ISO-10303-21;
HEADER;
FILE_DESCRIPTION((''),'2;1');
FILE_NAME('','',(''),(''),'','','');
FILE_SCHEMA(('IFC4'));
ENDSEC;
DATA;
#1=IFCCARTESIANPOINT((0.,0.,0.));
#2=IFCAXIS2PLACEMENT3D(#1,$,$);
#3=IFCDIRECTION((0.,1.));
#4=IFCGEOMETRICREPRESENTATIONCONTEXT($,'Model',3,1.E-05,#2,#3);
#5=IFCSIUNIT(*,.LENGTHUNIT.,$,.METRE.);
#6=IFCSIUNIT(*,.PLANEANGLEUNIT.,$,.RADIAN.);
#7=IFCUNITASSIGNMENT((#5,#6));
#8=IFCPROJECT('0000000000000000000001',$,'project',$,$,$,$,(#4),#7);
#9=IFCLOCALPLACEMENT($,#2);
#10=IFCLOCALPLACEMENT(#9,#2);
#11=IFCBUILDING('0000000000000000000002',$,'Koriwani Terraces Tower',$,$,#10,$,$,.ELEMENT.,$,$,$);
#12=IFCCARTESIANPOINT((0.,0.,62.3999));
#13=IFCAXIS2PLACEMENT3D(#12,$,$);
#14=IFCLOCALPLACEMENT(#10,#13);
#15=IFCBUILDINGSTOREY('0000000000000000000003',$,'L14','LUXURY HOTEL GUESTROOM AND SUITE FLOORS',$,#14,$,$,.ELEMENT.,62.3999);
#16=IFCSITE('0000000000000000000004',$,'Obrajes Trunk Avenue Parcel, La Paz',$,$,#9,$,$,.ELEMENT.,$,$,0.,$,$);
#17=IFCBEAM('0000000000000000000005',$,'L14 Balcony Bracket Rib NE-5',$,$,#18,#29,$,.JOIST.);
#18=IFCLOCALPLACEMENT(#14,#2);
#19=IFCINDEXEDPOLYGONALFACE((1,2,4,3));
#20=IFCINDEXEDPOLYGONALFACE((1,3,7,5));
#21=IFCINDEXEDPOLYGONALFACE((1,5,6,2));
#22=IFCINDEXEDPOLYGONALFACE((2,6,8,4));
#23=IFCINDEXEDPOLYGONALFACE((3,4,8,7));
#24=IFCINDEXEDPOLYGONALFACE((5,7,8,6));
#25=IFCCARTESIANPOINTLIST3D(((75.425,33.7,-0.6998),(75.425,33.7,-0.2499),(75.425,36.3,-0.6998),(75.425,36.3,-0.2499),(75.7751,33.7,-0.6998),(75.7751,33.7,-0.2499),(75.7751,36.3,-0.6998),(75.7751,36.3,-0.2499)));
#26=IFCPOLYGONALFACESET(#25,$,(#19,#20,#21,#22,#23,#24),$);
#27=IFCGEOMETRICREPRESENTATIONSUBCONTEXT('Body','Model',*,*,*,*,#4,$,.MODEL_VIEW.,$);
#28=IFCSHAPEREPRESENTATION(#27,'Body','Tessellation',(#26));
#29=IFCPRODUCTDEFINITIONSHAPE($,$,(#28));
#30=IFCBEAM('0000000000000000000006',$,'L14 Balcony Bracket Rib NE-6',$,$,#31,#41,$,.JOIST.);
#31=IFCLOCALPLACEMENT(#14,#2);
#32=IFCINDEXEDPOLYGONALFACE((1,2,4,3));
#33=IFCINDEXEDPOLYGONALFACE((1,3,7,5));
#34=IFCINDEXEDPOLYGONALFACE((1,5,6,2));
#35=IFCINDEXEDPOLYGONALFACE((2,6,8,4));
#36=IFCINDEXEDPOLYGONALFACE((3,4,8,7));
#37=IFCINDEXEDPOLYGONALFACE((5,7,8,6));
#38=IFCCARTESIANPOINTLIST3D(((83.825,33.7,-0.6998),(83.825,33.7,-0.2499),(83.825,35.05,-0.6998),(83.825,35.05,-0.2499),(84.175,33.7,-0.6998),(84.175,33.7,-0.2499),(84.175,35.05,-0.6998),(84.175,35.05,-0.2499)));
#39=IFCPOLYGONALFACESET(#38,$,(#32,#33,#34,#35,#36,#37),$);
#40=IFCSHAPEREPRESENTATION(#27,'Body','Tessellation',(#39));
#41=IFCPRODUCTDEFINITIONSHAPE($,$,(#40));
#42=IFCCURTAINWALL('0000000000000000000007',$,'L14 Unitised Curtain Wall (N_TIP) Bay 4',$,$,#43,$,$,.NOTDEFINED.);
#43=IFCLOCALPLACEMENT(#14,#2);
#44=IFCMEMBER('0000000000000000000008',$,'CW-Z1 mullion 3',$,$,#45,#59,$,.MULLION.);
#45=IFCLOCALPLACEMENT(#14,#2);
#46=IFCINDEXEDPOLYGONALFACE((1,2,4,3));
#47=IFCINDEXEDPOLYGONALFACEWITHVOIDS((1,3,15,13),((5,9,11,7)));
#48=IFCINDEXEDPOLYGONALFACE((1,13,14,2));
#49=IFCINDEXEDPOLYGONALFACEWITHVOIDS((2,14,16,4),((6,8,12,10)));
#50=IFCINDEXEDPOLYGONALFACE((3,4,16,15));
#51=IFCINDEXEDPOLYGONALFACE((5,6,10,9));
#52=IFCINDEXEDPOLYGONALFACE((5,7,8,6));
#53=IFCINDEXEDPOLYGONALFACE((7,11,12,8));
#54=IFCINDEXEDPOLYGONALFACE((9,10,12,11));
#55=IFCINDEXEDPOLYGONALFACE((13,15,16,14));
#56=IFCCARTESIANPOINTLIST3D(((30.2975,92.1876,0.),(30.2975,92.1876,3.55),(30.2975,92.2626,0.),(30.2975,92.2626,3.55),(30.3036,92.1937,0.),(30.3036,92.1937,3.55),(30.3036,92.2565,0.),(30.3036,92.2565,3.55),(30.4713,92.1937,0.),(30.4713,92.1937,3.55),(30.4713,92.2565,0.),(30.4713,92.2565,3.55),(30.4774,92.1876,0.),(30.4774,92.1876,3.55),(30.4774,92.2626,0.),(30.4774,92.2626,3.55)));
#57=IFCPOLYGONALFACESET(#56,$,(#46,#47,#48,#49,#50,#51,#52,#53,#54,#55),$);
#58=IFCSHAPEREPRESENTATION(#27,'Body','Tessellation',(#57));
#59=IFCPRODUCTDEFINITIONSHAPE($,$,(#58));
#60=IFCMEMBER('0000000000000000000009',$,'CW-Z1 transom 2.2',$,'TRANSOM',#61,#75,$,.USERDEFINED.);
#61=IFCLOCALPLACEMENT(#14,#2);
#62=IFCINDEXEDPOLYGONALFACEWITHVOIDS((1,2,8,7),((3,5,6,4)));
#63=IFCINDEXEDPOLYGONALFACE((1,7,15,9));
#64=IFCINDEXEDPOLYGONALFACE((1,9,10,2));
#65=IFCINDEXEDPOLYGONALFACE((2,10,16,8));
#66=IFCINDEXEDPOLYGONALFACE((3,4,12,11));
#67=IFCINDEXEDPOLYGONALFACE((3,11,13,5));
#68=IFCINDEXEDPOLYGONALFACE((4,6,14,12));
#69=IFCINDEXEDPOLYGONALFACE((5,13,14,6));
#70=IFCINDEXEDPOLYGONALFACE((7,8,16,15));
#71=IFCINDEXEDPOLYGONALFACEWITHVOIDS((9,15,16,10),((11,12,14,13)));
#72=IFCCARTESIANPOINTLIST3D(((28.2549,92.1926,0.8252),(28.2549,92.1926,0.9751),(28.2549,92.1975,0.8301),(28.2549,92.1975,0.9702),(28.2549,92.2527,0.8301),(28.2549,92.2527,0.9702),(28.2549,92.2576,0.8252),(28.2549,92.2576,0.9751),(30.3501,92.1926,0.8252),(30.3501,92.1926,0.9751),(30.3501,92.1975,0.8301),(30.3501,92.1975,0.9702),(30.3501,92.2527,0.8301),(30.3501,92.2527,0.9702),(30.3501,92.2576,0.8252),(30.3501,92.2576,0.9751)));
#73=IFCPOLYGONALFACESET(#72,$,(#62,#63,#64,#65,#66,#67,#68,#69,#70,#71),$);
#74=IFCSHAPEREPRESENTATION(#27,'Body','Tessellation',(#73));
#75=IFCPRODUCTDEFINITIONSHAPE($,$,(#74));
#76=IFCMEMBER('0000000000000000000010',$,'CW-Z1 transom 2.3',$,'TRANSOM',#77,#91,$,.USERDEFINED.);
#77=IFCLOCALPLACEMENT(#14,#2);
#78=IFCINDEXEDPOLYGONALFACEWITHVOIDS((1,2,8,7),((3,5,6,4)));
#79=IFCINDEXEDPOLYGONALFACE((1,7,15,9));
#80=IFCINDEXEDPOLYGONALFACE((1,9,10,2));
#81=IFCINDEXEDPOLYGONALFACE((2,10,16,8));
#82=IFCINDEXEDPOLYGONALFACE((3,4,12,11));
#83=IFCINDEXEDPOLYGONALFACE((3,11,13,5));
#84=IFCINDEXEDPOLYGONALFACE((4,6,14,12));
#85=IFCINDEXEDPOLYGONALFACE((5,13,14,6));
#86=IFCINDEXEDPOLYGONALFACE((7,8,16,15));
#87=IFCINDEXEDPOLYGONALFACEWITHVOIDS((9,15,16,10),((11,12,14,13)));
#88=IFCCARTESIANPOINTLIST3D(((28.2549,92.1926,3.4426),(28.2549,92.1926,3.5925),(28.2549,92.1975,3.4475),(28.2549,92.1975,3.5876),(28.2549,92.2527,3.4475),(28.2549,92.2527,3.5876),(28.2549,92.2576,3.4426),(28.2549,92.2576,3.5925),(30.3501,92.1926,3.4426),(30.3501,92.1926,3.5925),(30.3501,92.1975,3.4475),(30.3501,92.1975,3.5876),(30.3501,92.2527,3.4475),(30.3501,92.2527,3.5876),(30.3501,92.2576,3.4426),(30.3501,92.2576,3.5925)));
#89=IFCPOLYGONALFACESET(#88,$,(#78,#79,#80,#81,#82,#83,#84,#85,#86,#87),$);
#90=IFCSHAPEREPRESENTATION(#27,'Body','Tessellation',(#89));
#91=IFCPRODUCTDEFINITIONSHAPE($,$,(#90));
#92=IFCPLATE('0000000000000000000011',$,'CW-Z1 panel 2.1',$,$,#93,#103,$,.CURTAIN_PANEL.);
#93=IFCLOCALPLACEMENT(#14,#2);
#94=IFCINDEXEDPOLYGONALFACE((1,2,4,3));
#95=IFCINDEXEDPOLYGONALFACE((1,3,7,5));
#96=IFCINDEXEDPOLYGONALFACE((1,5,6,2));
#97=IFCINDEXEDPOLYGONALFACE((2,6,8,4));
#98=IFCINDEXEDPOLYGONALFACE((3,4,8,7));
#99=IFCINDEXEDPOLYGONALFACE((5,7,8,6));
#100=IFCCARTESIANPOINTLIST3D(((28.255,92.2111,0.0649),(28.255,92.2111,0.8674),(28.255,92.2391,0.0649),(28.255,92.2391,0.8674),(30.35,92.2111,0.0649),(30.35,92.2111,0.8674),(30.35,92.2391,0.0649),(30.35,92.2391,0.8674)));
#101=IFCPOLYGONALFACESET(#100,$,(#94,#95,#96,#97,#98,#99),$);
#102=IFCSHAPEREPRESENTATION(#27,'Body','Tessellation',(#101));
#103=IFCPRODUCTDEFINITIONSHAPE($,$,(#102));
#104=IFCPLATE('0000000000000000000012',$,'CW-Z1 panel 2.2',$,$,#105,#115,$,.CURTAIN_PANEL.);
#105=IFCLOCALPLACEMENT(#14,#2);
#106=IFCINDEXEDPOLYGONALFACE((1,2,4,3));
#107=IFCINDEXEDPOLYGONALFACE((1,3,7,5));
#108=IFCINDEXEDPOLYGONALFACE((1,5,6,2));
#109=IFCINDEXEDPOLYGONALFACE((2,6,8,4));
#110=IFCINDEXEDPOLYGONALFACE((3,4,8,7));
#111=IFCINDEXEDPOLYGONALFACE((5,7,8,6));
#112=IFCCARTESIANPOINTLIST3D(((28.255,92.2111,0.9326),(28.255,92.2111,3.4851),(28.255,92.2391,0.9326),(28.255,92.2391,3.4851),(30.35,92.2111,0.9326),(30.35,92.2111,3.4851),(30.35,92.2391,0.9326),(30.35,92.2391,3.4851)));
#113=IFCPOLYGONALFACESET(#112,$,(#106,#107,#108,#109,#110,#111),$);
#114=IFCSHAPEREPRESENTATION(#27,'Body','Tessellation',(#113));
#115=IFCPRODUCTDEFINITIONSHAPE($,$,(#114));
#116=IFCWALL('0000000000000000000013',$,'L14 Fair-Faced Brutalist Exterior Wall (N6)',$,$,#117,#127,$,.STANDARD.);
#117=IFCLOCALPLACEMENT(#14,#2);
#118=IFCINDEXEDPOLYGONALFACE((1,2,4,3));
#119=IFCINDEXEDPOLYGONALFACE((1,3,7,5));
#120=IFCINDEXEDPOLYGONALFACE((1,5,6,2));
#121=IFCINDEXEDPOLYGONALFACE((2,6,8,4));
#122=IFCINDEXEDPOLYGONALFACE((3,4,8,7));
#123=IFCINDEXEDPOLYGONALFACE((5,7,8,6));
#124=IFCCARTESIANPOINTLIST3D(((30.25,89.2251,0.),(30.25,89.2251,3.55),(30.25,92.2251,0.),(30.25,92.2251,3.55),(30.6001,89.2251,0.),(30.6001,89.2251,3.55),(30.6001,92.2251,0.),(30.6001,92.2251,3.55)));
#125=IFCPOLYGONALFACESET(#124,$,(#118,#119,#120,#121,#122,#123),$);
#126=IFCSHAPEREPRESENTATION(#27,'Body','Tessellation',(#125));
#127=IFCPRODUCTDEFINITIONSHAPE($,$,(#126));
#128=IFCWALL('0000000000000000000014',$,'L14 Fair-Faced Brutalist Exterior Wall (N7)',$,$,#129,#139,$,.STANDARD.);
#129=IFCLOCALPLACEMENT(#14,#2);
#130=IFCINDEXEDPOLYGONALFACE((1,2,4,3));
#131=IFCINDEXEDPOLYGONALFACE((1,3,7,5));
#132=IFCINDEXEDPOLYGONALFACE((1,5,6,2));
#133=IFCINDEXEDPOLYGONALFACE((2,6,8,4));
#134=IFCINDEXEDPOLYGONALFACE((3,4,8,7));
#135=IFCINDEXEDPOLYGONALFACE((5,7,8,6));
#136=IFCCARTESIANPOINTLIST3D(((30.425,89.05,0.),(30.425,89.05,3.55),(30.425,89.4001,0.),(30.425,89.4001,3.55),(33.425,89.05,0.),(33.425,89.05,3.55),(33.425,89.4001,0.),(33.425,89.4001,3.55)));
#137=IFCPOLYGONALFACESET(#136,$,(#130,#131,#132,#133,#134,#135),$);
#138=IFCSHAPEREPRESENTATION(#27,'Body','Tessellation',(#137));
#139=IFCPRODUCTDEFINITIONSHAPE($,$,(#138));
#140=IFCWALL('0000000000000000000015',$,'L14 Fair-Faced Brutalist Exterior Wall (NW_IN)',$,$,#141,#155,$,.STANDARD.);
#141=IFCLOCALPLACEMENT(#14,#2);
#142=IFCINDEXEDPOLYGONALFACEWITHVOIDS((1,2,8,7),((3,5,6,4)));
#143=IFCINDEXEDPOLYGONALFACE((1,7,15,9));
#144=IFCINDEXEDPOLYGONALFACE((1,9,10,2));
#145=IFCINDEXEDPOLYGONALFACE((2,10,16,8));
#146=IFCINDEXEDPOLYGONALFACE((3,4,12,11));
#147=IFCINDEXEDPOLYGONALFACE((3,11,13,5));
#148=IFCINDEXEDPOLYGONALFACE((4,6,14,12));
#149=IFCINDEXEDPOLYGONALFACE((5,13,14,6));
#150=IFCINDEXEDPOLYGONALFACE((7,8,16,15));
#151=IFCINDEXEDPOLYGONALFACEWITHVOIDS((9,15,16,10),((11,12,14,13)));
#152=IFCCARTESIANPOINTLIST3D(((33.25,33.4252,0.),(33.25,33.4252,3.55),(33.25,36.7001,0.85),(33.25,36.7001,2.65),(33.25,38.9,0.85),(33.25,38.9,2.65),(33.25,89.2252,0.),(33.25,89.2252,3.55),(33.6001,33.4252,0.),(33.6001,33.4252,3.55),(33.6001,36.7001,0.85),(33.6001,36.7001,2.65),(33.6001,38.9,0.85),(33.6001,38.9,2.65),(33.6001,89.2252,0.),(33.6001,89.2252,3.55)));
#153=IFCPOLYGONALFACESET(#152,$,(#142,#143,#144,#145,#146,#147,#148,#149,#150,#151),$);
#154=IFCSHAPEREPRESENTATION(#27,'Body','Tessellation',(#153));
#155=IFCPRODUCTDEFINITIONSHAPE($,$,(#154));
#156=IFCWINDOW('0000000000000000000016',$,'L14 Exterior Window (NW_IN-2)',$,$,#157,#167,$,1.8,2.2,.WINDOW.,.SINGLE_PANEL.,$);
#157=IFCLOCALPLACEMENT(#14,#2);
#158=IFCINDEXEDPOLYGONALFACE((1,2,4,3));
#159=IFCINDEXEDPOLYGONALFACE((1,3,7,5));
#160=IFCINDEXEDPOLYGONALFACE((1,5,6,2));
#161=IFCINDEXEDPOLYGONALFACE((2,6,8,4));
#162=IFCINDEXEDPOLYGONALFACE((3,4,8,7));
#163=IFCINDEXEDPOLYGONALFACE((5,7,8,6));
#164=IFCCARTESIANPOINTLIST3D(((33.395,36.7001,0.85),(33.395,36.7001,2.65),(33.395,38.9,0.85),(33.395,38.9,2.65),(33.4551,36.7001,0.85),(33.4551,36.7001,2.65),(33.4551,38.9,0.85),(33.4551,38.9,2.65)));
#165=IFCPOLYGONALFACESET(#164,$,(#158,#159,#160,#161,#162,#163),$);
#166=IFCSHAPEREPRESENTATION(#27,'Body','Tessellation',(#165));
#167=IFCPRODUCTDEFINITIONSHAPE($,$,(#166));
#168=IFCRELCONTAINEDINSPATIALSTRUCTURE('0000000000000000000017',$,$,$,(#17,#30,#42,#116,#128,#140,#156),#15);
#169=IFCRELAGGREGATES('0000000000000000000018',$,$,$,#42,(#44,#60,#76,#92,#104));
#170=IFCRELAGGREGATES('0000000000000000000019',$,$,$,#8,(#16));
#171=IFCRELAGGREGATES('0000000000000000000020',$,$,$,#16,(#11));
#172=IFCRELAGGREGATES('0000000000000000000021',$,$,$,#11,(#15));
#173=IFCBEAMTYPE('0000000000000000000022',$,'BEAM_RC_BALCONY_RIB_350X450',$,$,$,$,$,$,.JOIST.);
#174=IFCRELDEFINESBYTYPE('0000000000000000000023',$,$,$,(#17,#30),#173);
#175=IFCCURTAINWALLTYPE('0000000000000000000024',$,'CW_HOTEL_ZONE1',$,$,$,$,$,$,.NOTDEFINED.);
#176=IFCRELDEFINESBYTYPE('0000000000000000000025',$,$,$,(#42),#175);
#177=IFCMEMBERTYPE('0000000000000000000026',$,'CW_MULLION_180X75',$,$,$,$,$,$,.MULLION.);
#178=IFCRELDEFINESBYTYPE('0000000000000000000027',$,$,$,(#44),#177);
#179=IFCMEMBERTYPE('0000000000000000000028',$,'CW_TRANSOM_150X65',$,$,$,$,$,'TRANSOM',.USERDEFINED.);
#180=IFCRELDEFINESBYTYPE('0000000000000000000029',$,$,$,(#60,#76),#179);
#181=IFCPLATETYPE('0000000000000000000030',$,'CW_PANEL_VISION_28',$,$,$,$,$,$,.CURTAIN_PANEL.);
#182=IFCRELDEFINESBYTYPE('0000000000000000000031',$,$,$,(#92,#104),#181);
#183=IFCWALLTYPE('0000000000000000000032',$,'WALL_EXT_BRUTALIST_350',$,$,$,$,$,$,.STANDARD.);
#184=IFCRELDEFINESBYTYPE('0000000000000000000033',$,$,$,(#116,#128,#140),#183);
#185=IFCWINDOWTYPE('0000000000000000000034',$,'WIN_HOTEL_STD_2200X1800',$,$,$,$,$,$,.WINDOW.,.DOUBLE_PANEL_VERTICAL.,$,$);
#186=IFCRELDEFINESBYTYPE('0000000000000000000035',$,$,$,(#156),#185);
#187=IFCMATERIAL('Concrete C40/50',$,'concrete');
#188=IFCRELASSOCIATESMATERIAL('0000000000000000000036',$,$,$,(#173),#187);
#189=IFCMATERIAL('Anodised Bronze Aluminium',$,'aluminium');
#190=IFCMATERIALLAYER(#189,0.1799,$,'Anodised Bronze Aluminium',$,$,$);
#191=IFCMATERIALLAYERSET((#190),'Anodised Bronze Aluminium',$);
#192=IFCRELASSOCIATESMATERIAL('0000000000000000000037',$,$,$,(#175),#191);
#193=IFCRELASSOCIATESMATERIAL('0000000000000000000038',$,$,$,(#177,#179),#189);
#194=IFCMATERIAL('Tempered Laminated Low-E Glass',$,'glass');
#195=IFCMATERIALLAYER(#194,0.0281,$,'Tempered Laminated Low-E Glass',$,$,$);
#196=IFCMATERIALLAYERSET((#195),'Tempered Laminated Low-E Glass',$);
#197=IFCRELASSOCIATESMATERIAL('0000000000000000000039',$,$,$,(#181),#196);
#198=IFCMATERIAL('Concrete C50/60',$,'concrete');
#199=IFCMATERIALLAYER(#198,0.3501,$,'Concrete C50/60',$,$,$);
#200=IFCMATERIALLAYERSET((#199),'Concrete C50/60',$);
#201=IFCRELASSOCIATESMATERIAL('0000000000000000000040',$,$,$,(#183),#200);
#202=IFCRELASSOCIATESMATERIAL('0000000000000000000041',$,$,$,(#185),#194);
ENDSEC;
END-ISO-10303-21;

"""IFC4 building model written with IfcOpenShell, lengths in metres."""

from ifc_helpers import new_model, si_unit, direction, frame, frame_2d, origin, origin_2d, place, context, subcontext, project, spatial, rectangle, hollow_rectangle, extrude, material, layer, layer_set, material_profile, profile_set, type_object, element, fill, aggregate, save


model = new_model("IFC4")

# Units and contexts
model_context = context("Model", 3, precision=1e-05, world=origin(), true_north=direction((0.0, 1.0)))
body_context = subcontext(model_context, "Body", "Model", "MODEL_VIEW")
ifc_project = project(units=[si_unit("LENGTHUNIT", "METRE"), si_unit("PLANEANGLEUNIT", "RADIAN")], contexts=[model_context])

# Site, building, storey
site_placement = place(None, origin())
site = spatial("IfcSite", under=ifc_project, at=site_placement, Name="Obrajes Trunk Avenue Parcel, La Paz", CompositionType="ELEMENT", RefElevation=0.0)
building_placement = place(site_placement, origin())
building = spatial("IfcBuilding", under=site, at=building_placement, Name="Koriwani Terraces Tower", CompositionType="ELEMENT")
storey_placement = place(building_placement, frame((0.0, 0.0, 62.3999)))
storey = spatial("IfcBuildingStorey", under=building, at=storey_placement, Name="L14", Description="LUXURY HOTEL GUESTROOM AND SUITE FLOORS", CompositionType="ELEMENT", Elevation=62.3999)

# Beams
ifc_material_1 = material(Name="Concrete C40/50", Category="concrete")
ifc_material_profile_1 = material_profile(ifc_material_1, rectangle(XDim=0.3501, YDim=0.45, at=origin_2d()), Name="Concrete C40/50", Category="LoadBearing")
ifc_profile_set_1 = profile_set([ifc_material_profile_1], Name="Concrete C40/50")
beam_type = type_object("IfcBeamType", Name="BEAM_RC_BALCONY_RIB_350X450", PredefinedType="JOIST", material=ifc_profile_set_1)
beam_1_placement = place(storey_placement, frame((75.6001, 33.7, -0.4749), z_axis=(0.0, 1.0, 0.0), x_axis=(-1.0, 0.0, 0.0)))
element("IfcBeam", 1, at=beam_1_placement, inside=storey, type_object=beam_type, Name="L14 Balcony Bracket Rib NE-5", PredefinedType="JOIST", context=body_context, shape_type="SweptSolid", body=[
    extrude(rectangle(XDim=0.3501, YDim=0.45, at=origin_2d()), origin(), (0.0, 0.0, 1.0), 2.6001),
])
beam_2_placement = place(storey_placement, frame((84.0, 33.7, -0.4749), z_axis=(0.0, 1.0, 0.0), x_axis=(-1.0, 0.0, 0.0)))
element("IfcBeam", 2, at=beam_2_placement, inside=storey, type_object=beam_type, Name="L14 Balcony Bracket Rib NE-6", PredefinedType="JOIST", context=body_context, shape_type="SweptSolid", body=[
    extrude(rectangle(XDim=0.3501, YDim=0.45, at=origin_2d()), origin(), (0.0, 0.0, 1.0), 1.3501),
])

# Curtain wall, members, plates
ifc_material_2 = material(Name="Anodised Bronze Aluminium", Category="aluminium")
ifc_layer_1 = layer(ifc_material_2, 0.1799, Name="Anodised Bronze Aluminium")
ifc_layer_set_1 = layer_set([ifc_layer_1], Name="Anodised Bronze Aluminium")
curtain_wall_type = type_object("IfcCurtainWallType", Name="CW_HOTEL_ZONE1", PredefinedType="NOTDEFINED", material=ifc_layer_set_1)
curtain_wall_placement = place(storey_placement, origin())
curtain_wall = element("IfcCurtainWall", 3, at=curtain_wall_placement, inside=storey, type_object=curtain_wall_type, Name="L14 Unitised Curtain Wall (N_TIP) Bay 4", PredefinedType="NOTDEFINED")
ifc_material_profile_2 = material_profile(ifc_material_2, hollow_rectangle(XDim=0.075, YDim=0.1799, WallThickness=0.0061, at=origin_2d()), Name="Anodised Bronze Aluminium", Category="LoadBearing")
ifc_profile_set_2 = profile_set([ifc_material_profile_2], Name="Anodised Bronze Aluminium")
member_type_1 = type_object("IfcMemberType", Name="CW_MULLION_180X75", PredefinedType="MULLION", material=ifc_profile_set_2)
member_1_placement = place(storey_placement, frame((30.3875, 92.2251, 0.0), z_axis=(0.0, 0.0, 1.0), x_axis=(0.0, 1.0, 0.0)))
member_1 = element("IfcMember", 4, at=member_1_placement, type_object=member_type_1, Name="CW-Z1 mullion 3", PredefinedType="MULLION", context=body_context, shape_type="SweptSolid", body=[
    extrude(hollow_rectangle(XDim=0.075, YDim=0.1799, WallThickness=0.0061, at=origin_2d()), origin(), (0.0, 0.0, 1.0), 3.55),
])
ifc_material_profile_3 = material_profile(ifc_material_2, hollow_rectangle(XDim=0.0649, YDim=0.1499, WallThickness=0.0049, at=origin_2d()), Name="Anodised Bronze Aluminium", Category="LoadBearing")
ifc_profile_set_3 = profile_set([ifc_material_profile_3], Name="Anodised Bronze Aluminium")
member_type_2 = type_object("IfcMemberType", Name="CW_TRANSOM_150X65", ElementType="TRANSOM", PredefinedType="USERDEFINED", material=ifc_profile_set_3)
member_2_placement = place(storey_placement, frame((28.2549, 92.2251, 0.9001), z_axis=(1.0, 0.0, 0.0), x_axis=(0.0, 1.0, 0.0)))
member_2 = element("IfcMember", 5, at=member_2_placement, type_object=member_type_2, Name="CW-Z1 transom 2.2", ObjectType="TRANSOM", PredefinedType="USERDEFINED", context=body_context, shape_type="SweptSolid", body=[
    extrude(hollow_rectangle(XDim=0.0649, YDim=0.1499, WallThickness=0.0049, at=origin_2d()), origin(), (0.0, 0.0, 1.0), 2.0952),
])
member_3_placement = place(storey_placement, frame((28.2549, 92.2251, 3.5176), z_axis=(1.0, 0.0, 0.0), x_axis=(0.0, 1.0, 0.0)))
member_3 = element("IfcMember", 6, at=member_3_placement, type_object=member_type_2, Name="CW-Z1 transom 2.3", ObjectType="TRANSOM", PredefinedType="USERDEFINED", context=body_context, shape_type="SweptSolid", body=[
    extrude(hollow_rectangle(XDim=0.0649, YDim=0.1499, WallThickness=0.0049, at=origin_2d()), origin(), (0.0, 0.0, 1.0), 2.0952),
])
ifc_material_3 = material(Name="Tempered Laminated Low-E Glass", Category="glass")
ifc_layer_2 = layer(ifc_material_3, 0.0281, Name="Tempered Laminated Low-E Glass")
ifc_layer_set_2 = layer_set([ifc_layer_2], Name="Tempered Laminated Low-E Glass")
plate_type = type_object("IfcPlateType", Name="CW_PANEL_VISION_28", PredefinedType="CURTAIN_PANEL", material=ifc_layer_set_2)
plate_1_placement = place(storey_placement, frame((29.3025, 92.2251, 0.0649), z_axis=(0.0, 0.0, 1.0), x_axis=(1.0, 0.0, 0.0)))
plate_1 = element("IfcPlate", 7, at=plate_1_placement, type_object=plate_type, Name="CW-Z1 panel 2.1", PredefinedType="CURTAIN_PANEL", context=body_context, shape_type="SweptSolid", body=[
    extrude(rectangle(XDim=2.095, YDim=0.0281, at=origin_2d()), origin(), (0.0, 0.0, 1.0), 0.8025),
])
plate_2_placement = place(storey_placement, frame((29.3025, 92.2251, 0.9326), z_axis=(0.0, 0.0, 1.0), x_axis=(1.0, 0.0, 0.0)))
plate_2 = element("IfcPlate", 8, at=plate_2_placement, type_object=plate_type, Name="CW-Z1 panel 2.2", PredefinedType="CURTAIN_PANEL", context=body_context, shape_type="SweptSolid", body=[
    extrude(rectangle(XDim=2.095, YDim=0.0281, at=origin_2d()), origin(), (0.0, 0.0, 1.0), 2.5525),
])
aggregate(curtain_wall, [member_1, member_2, member_3, plate_1, plate_2])

# Walls
ifc_material_4 = material(Name="Concrete C50/60", Category="concrete")
ifc_layer_3 = layer(ifc_material_4, 0.3501, Name="Concrete C50/60")
ifc_layer_set_3 = layer_set([ifc_layer_3], Name="Concrete C50/60")
wall_type = type_object("IfcWallType", Name="WALL_EXT_BRUTALIST_350", PredefinedType="STANDARD", material=ifc_layer_set_3)
for number, where, z_axis, x_axis, name in (
    (9, (30.425, 92.2251, 0.0), (0.0, 0.0, 1.0), (0.0, -1.0, 0.0), "L14 Fair-Faced Brutalist Exterior Wall (N6)"),
    (10, (30.425, 89.2251, 0.0), (0.0, 0.0, 1.0), (1.0, 0.0, 0.0), "L14 Fair-Faced Brutalist Exterior Wall (N7)"),
):
    element("IfcWall", number, at=place(storey_placement, frame(where, z_axis=z_axis, x_axis=x_axis)), inside=storey, type_object=wall_type, Name=name, PredefinedType="STANDARD", context=body_context, shape_type="SweptSolid", body=[
        extrude(rectangle(XDim=3.0, YDim=0.3501, at=frame_2d((1.5, 0.0))), origin(), (0.0, 0.0, 1.0), 3.55),
    ])

# Wall, opening, window
wall_1_placement = place(storey_placement, frame((33.425, 89.2251, 0.0), z_axis=(0.0, 0.0, 1.0), x_axis=(0.0, -1.0, 0.0)))
wall_1 = element("IfcWall", 11, at=wall_1_placement, inside=storey, type_object=wall_type, Name="L14 Fair-Faced Brutalist Exterior Wall (NW_IN)", PredefinedType="STANDARD", context=body_context, shape_type="SweptSolid", body=[
    extrude(rectangle(XDim=55.8, YDim=0.3501, at=frame_2d((27.8999, 0.0))), origin(), (0.0, 0.0, 1.0), 3.55),
])
opening_1_placement = place(wall_1_placement, frame((50.325, 0.0, 0.8501)))
opening_1 = element("IfcOpeningElement", 12, at=opening_1_placement, cuts=wall_1, PredefinedType="OPENING", context=body_context, shape_type="SweptSolid", body=[
    extrude(rectangle(XDim=2.2, YDim=1.8, at=frame_2d((1.1001, 0.8999))), frame((0.0, 0.1851, 0.0), z_axis=(0.0, -1.0, 0.0), x_axis=(1.0, 0.0, 0.0)), (0.0, 0.0, 1.0), 0.3701),
])
window_type = type_object("IfcWindowType", Name="WIN_HOTEL_STD_2200X1800", PartitioningType="DOUBLE_PANEL_VERTICAL", PredefinedType="WINDOW", material=ifc_material_3)
window_1_placement = place(opening_1_placement, origin())
window_1 = element("IfcWindow", 13, at=window_1_placement, inside=storey, type_object=window_type, Name="L14 Exterior Window (NW_IN-2)", OverallHeight=1.8, OverallWidth=2.2, PartitioningType="SINGLE_PANEL", PredefinedType="WINDOW", context=body_context, shape_type="SweptSolid", body=[
    extrude(rectangle(XDim=2.2, YDim=1.8, at=frame_2d((1.1001, 0.8999))), frame((0.0, 0.03, 0.0), z_axis=(0.0, -1.0, 0.0), x_axis=(1.0, 0.0, 0.0)), (0.0, 0.0, 1.0), 0.0601),
])
fill(opening_1, window_1)

save(model, "model.ifc")
